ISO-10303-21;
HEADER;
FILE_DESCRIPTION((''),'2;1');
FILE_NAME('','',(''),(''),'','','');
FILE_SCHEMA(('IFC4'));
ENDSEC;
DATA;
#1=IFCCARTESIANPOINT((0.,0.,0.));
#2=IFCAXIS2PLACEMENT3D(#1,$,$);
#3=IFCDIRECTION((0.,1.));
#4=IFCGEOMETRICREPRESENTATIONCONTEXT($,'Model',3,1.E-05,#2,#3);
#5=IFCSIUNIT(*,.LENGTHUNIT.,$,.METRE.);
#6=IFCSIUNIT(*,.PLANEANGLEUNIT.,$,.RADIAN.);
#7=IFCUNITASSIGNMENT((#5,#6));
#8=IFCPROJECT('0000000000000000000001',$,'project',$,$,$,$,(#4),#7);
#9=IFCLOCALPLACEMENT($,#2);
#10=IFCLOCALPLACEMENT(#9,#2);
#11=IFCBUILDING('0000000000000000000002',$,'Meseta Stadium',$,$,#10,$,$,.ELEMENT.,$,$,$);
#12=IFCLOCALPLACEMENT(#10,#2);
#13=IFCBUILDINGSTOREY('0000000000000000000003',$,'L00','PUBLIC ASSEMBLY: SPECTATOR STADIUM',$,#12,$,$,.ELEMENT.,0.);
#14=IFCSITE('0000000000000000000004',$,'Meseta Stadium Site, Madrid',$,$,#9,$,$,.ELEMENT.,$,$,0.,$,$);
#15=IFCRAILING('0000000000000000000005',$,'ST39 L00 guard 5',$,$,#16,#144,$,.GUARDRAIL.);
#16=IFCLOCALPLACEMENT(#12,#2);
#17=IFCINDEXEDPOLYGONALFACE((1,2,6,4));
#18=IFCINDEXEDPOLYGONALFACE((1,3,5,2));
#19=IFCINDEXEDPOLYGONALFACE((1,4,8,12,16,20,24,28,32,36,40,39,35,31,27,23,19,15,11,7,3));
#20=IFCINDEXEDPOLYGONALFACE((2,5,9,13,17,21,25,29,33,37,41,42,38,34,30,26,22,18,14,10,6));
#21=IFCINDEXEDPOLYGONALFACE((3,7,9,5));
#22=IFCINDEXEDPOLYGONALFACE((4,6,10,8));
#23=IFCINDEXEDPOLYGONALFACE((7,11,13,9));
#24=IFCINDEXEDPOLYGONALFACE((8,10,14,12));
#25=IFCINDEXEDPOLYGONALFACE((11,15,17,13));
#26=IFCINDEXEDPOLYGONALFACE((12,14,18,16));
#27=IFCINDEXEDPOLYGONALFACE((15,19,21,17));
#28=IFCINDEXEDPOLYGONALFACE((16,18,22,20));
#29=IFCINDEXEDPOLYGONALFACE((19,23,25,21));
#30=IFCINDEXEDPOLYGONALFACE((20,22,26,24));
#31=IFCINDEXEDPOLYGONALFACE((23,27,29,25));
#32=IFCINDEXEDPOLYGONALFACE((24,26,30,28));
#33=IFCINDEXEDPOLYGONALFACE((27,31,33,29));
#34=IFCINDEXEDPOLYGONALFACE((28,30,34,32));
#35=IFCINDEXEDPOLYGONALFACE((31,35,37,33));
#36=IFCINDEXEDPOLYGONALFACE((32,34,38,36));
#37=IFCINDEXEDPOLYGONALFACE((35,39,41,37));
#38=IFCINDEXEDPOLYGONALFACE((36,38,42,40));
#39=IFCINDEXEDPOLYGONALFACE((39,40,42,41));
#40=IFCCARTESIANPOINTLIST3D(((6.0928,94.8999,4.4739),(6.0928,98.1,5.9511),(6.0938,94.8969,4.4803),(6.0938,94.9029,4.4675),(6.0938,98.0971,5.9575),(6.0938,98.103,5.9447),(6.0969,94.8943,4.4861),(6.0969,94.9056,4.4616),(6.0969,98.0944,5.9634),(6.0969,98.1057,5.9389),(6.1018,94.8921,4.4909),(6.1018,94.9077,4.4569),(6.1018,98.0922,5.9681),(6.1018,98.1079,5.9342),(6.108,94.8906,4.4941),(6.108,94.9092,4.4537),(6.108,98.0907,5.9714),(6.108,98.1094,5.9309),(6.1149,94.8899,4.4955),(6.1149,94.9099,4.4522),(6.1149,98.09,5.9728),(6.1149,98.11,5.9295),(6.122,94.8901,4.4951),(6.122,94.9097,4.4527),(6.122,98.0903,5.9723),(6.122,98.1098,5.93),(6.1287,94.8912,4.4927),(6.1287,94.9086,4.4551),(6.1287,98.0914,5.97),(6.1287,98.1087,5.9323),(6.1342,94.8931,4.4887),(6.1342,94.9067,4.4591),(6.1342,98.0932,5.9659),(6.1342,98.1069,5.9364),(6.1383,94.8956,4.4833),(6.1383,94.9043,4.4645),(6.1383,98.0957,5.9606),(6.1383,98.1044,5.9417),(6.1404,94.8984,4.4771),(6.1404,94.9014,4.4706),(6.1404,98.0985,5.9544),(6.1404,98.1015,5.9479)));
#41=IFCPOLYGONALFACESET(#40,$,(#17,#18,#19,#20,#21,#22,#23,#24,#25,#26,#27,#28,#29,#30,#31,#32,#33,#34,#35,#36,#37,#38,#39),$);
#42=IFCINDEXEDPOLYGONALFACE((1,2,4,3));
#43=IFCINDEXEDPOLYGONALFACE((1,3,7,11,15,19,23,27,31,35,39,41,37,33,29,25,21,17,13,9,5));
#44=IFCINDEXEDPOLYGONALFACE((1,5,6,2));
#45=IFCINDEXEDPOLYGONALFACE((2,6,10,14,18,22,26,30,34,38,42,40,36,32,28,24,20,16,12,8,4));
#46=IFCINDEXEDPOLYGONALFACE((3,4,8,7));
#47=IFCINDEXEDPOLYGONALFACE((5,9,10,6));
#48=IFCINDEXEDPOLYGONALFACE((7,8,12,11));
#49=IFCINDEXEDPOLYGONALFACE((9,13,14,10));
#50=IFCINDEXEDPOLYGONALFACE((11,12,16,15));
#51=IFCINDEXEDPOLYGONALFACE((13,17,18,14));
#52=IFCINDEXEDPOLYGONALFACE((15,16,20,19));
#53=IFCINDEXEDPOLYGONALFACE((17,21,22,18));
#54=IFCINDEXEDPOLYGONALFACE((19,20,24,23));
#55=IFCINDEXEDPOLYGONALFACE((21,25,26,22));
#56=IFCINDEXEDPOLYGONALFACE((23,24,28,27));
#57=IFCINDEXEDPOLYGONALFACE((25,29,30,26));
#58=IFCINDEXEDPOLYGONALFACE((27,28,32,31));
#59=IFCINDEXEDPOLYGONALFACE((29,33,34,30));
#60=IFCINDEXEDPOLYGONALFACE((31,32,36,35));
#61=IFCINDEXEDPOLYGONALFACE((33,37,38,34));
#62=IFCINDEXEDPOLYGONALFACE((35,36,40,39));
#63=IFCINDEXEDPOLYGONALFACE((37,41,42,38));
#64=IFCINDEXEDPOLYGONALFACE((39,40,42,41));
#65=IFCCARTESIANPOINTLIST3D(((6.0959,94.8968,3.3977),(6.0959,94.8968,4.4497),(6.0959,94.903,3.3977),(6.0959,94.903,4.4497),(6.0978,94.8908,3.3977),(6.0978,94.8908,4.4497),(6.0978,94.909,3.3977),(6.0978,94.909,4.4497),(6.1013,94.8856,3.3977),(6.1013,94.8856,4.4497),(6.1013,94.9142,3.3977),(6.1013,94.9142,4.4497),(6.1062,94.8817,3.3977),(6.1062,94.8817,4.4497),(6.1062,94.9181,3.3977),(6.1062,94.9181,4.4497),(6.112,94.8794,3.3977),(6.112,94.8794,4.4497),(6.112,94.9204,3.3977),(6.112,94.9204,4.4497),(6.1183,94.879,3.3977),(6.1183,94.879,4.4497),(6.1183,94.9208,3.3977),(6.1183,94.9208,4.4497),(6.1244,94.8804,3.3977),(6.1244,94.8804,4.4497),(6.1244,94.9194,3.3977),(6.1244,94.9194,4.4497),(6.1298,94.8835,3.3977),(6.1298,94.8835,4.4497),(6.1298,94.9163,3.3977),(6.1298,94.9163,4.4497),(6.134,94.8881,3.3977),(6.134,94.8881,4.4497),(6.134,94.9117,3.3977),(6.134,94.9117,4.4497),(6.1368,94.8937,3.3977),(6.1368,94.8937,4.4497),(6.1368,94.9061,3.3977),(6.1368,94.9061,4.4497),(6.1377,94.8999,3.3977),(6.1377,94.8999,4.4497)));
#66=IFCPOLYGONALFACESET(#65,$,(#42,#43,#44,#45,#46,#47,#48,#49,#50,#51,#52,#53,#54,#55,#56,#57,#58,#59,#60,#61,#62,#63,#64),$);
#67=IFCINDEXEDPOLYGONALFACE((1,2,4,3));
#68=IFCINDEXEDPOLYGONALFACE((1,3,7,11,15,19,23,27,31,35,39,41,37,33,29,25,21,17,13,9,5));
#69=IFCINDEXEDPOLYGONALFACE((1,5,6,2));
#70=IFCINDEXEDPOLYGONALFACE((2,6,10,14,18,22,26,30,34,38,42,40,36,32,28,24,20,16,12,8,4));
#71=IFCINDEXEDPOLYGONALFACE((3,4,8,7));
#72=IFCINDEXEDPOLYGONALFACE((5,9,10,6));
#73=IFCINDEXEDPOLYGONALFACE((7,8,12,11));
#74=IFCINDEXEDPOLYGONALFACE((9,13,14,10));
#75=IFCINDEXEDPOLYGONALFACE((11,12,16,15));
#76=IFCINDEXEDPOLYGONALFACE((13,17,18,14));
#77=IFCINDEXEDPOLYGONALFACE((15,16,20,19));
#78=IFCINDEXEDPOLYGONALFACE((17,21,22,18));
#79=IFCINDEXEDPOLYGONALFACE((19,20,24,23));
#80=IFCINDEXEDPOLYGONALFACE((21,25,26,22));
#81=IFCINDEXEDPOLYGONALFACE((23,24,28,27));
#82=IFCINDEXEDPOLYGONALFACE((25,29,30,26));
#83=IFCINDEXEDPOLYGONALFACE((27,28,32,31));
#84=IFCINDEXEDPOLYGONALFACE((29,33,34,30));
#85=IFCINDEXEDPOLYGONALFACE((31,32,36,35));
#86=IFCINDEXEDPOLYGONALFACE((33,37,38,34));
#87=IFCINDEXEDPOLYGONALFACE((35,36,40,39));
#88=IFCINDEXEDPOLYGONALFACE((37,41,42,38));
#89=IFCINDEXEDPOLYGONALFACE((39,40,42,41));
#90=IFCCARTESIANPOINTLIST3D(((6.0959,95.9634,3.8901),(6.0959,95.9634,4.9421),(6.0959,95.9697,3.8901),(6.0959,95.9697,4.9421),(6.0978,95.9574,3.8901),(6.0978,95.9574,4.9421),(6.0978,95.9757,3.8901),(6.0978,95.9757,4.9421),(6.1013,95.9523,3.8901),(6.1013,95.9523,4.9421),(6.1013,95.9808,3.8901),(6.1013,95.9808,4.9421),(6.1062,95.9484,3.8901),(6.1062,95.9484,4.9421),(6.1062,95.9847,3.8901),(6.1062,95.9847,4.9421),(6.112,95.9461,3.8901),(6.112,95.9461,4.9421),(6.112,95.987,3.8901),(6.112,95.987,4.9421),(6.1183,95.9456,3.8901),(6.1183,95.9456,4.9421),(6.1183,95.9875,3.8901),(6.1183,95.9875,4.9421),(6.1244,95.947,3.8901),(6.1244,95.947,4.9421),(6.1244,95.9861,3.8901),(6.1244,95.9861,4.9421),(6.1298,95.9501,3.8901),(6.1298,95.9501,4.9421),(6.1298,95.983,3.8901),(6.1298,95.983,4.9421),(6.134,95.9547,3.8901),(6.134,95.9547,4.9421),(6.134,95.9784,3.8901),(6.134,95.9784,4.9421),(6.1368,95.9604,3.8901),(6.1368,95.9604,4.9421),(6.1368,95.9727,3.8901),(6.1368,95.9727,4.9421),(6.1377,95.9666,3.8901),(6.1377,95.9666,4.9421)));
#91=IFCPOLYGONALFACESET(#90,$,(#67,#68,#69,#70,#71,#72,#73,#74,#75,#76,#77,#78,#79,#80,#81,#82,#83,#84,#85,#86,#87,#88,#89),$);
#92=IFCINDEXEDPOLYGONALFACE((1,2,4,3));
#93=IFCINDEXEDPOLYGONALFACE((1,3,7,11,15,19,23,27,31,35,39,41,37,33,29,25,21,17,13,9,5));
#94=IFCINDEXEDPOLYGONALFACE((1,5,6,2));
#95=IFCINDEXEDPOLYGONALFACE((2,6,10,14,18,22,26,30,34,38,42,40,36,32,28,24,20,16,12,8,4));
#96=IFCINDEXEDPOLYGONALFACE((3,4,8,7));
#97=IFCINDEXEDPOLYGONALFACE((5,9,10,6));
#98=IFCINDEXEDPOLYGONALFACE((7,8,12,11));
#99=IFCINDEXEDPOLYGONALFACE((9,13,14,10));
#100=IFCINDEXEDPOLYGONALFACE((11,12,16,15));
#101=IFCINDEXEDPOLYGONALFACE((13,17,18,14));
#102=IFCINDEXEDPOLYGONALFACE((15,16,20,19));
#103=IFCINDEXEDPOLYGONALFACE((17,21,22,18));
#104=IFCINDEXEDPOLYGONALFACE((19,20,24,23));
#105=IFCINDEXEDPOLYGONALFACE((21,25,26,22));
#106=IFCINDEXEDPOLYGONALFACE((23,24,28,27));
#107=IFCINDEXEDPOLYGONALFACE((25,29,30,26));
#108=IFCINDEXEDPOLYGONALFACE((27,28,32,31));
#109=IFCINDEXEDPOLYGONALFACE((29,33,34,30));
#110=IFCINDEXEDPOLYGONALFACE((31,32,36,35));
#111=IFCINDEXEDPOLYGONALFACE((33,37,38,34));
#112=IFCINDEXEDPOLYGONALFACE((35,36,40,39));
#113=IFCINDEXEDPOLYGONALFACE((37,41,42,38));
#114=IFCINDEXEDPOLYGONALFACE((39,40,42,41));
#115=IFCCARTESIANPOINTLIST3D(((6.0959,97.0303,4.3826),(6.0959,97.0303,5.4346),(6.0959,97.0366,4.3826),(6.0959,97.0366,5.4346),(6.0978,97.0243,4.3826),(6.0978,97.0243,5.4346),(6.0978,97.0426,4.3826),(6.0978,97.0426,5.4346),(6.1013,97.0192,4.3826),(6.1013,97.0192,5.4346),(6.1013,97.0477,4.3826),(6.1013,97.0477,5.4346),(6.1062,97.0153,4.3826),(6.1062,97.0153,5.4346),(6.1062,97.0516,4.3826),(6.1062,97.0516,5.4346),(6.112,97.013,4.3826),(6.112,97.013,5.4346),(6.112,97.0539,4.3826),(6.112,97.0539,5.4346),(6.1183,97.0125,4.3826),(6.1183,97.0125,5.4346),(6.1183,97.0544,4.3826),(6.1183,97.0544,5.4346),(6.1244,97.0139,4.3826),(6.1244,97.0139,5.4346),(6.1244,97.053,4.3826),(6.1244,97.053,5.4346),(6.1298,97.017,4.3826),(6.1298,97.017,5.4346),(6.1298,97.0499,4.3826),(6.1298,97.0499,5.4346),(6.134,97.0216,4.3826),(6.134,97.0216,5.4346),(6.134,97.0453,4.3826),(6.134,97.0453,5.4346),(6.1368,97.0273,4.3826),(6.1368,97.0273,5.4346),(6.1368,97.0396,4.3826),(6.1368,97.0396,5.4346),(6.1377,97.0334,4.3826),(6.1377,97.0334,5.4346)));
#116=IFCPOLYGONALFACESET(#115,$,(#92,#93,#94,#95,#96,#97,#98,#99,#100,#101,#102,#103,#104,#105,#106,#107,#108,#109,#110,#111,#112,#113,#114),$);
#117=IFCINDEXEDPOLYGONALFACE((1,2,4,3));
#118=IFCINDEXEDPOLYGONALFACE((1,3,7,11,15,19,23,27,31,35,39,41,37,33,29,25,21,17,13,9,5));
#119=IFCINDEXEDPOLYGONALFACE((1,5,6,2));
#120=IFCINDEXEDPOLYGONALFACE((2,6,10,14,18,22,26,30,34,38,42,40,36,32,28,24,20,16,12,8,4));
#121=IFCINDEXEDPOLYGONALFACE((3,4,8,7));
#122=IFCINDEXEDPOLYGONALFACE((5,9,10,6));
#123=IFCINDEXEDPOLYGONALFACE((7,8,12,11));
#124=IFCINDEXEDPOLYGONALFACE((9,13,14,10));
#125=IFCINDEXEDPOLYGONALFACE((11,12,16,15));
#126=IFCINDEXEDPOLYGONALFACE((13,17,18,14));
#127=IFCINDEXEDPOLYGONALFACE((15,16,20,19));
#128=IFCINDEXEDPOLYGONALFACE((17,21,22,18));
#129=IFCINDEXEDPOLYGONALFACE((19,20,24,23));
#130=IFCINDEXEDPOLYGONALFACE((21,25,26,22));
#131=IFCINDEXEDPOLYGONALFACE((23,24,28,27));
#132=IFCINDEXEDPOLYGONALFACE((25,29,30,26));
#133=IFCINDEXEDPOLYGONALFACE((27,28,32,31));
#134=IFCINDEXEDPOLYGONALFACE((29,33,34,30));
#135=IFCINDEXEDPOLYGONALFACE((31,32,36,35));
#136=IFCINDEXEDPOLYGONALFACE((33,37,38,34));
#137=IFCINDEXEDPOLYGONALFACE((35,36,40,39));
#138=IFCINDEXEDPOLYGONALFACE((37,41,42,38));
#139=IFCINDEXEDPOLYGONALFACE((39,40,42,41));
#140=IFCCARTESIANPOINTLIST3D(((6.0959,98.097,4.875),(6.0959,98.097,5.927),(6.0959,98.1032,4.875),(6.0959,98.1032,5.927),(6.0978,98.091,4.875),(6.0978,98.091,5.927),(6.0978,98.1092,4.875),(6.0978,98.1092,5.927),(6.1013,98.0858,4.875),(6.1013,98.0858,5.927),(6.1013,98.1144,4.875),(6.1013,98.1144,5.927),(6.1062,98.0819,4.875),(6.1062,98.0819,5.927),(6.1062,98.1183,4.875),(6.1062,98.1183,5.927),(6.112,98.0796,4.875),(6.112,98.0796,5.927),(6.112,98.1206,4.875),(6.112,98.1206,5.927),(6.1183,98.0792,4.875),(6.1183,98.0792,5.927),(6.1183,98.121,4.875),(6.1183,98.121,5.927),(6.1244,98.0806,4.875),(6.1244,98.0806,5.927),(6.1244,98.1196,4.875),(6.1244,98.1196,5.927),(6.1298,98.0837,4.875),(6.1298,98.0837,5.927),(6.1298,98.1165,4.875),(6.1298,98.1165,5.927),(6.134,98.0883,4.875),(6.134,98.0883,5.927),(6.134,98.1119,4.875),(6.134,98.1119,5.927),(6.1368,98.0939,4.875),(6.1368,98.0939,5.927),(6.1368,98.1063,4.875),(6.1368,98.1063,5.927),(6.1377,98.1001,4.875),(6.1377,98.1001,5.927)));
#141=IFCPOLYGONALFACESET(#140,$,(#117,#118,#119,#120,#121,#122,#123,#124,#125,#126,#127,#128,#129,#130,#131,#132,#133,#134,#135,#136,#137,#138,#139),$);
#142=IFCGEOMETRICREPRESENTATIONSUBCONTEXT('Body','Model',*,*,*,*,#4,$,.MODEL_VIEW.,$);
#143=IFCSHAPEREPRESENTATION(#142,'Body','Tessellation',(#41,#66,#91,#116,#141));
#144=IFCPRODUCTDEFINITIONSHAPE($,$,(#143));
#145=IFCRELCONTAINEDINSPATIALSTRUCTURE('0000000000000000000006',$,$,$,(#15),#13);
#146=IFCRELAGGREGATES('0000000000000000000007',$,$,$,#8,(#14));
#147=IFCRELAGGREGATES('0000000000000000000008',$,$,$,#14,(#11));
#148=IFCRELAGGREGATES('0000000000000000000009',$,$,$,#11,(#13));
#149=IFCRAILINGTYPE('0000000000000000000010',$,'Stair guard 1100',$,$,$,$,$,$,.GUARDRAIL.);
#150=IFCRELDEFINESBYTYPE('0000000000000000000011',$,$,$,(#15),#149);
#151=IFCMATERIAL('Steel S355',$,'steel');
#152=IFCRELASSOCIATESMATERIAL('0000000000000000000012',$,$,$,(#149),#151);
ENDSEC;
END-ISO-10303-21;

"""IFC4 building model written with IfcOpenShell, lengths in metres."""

from ifc_helpers import new_model, si_unit, direction, frame, origin, origin_2d, place, context, subcontext, project, spatial, circle, extrude, material, type_object, element, save


model = new_model("IFC4")

# Units and contexts
model_context = context("Model", 3, precision=1e-05, world=origin(), true_north=direction((0.0, 1.0)))
body_context = subcontext(model_context, "Body", "Model", "MODEL_VIEW")
ifc_project = project(units=[si_unit("LENGTHUNIT", "METRE"), si_unit("PLANEANGLEUNIT", "RADIAN")], contexts=[model_context])

# Site, building, storey
site_placement = place(None, origin())
site = spatial("IfcSite", under=ifc_project, at=site_placement, Name="Meseta Stadium Site, Madrid", CompositionType="ELEMENT", RefElevation=0.0)
building_placement = place(site_placement, origin())
building = spatial("IfcBuilding", under=site, at=building_placement, Name="Meseta Stadium", CompositionType="ELEMENT")
storey_placement = place(building_placement, origin())
storey = spatial("IfcBuildingStorey", under=building, at=storey_placement, Name="L00", Description="PUBLIC ASSEMBLY: SPECTATOR STADIUM", CompositionType="ELEMENT", Elevation=0.0)

# Railing
ifc_material_1 = material(Name="Steel S355", Category="steel")
railing_type_1 = type_object("IfcRailingType", Name="Stair guard 1100", PredefinedType="GUARDRAIL", material=ifc_material_1)
railing_1_placement = place(storey_placement, frame((6.1167, 94.8999, 3.3977)))
element("IfcRailing", 1, at=railing_1_placement, inside=storey, type_object=railing_type_1, Name="ST39 L00 guard 5", PredefinedType="GUARDRAIL", context=body_context, shape_type="SweptSolid", body=[
    extrude(circle(Radius=0.0239, at=origin_2d()), frame((0.0, 0.0, 1.0762), z_axis=(0.0, 0.907929, 0.419124), x_axis=(-1.0, 0.0, 0.0)), (0.0, 0.0, 1.0), 3.5247),
    extrude(circle(Radius=0.021, at=origin_2d()), origin(), (0.0, 0.0, 1.0), 1.052),
    extrude(circle(Radius=0.021, at=origin_2d()), frame((0.0, 1.0667, 0.4924)), (0.0, 0.0, 1.0), 1.052),
    extrude(circle(Radius=0.021, at=origin_2d()), frame((0.0, 2.1335, 0.9849)), (0.0, 0.0, 1.0), 1.052),
    extrude(circle(Radius=0.021, at=origin_2d()), frame((0.0, 3.2002, 1.4773)), (0.0, 0.0, 1.0), 1.052),
])

save(model, "model.ifc")
